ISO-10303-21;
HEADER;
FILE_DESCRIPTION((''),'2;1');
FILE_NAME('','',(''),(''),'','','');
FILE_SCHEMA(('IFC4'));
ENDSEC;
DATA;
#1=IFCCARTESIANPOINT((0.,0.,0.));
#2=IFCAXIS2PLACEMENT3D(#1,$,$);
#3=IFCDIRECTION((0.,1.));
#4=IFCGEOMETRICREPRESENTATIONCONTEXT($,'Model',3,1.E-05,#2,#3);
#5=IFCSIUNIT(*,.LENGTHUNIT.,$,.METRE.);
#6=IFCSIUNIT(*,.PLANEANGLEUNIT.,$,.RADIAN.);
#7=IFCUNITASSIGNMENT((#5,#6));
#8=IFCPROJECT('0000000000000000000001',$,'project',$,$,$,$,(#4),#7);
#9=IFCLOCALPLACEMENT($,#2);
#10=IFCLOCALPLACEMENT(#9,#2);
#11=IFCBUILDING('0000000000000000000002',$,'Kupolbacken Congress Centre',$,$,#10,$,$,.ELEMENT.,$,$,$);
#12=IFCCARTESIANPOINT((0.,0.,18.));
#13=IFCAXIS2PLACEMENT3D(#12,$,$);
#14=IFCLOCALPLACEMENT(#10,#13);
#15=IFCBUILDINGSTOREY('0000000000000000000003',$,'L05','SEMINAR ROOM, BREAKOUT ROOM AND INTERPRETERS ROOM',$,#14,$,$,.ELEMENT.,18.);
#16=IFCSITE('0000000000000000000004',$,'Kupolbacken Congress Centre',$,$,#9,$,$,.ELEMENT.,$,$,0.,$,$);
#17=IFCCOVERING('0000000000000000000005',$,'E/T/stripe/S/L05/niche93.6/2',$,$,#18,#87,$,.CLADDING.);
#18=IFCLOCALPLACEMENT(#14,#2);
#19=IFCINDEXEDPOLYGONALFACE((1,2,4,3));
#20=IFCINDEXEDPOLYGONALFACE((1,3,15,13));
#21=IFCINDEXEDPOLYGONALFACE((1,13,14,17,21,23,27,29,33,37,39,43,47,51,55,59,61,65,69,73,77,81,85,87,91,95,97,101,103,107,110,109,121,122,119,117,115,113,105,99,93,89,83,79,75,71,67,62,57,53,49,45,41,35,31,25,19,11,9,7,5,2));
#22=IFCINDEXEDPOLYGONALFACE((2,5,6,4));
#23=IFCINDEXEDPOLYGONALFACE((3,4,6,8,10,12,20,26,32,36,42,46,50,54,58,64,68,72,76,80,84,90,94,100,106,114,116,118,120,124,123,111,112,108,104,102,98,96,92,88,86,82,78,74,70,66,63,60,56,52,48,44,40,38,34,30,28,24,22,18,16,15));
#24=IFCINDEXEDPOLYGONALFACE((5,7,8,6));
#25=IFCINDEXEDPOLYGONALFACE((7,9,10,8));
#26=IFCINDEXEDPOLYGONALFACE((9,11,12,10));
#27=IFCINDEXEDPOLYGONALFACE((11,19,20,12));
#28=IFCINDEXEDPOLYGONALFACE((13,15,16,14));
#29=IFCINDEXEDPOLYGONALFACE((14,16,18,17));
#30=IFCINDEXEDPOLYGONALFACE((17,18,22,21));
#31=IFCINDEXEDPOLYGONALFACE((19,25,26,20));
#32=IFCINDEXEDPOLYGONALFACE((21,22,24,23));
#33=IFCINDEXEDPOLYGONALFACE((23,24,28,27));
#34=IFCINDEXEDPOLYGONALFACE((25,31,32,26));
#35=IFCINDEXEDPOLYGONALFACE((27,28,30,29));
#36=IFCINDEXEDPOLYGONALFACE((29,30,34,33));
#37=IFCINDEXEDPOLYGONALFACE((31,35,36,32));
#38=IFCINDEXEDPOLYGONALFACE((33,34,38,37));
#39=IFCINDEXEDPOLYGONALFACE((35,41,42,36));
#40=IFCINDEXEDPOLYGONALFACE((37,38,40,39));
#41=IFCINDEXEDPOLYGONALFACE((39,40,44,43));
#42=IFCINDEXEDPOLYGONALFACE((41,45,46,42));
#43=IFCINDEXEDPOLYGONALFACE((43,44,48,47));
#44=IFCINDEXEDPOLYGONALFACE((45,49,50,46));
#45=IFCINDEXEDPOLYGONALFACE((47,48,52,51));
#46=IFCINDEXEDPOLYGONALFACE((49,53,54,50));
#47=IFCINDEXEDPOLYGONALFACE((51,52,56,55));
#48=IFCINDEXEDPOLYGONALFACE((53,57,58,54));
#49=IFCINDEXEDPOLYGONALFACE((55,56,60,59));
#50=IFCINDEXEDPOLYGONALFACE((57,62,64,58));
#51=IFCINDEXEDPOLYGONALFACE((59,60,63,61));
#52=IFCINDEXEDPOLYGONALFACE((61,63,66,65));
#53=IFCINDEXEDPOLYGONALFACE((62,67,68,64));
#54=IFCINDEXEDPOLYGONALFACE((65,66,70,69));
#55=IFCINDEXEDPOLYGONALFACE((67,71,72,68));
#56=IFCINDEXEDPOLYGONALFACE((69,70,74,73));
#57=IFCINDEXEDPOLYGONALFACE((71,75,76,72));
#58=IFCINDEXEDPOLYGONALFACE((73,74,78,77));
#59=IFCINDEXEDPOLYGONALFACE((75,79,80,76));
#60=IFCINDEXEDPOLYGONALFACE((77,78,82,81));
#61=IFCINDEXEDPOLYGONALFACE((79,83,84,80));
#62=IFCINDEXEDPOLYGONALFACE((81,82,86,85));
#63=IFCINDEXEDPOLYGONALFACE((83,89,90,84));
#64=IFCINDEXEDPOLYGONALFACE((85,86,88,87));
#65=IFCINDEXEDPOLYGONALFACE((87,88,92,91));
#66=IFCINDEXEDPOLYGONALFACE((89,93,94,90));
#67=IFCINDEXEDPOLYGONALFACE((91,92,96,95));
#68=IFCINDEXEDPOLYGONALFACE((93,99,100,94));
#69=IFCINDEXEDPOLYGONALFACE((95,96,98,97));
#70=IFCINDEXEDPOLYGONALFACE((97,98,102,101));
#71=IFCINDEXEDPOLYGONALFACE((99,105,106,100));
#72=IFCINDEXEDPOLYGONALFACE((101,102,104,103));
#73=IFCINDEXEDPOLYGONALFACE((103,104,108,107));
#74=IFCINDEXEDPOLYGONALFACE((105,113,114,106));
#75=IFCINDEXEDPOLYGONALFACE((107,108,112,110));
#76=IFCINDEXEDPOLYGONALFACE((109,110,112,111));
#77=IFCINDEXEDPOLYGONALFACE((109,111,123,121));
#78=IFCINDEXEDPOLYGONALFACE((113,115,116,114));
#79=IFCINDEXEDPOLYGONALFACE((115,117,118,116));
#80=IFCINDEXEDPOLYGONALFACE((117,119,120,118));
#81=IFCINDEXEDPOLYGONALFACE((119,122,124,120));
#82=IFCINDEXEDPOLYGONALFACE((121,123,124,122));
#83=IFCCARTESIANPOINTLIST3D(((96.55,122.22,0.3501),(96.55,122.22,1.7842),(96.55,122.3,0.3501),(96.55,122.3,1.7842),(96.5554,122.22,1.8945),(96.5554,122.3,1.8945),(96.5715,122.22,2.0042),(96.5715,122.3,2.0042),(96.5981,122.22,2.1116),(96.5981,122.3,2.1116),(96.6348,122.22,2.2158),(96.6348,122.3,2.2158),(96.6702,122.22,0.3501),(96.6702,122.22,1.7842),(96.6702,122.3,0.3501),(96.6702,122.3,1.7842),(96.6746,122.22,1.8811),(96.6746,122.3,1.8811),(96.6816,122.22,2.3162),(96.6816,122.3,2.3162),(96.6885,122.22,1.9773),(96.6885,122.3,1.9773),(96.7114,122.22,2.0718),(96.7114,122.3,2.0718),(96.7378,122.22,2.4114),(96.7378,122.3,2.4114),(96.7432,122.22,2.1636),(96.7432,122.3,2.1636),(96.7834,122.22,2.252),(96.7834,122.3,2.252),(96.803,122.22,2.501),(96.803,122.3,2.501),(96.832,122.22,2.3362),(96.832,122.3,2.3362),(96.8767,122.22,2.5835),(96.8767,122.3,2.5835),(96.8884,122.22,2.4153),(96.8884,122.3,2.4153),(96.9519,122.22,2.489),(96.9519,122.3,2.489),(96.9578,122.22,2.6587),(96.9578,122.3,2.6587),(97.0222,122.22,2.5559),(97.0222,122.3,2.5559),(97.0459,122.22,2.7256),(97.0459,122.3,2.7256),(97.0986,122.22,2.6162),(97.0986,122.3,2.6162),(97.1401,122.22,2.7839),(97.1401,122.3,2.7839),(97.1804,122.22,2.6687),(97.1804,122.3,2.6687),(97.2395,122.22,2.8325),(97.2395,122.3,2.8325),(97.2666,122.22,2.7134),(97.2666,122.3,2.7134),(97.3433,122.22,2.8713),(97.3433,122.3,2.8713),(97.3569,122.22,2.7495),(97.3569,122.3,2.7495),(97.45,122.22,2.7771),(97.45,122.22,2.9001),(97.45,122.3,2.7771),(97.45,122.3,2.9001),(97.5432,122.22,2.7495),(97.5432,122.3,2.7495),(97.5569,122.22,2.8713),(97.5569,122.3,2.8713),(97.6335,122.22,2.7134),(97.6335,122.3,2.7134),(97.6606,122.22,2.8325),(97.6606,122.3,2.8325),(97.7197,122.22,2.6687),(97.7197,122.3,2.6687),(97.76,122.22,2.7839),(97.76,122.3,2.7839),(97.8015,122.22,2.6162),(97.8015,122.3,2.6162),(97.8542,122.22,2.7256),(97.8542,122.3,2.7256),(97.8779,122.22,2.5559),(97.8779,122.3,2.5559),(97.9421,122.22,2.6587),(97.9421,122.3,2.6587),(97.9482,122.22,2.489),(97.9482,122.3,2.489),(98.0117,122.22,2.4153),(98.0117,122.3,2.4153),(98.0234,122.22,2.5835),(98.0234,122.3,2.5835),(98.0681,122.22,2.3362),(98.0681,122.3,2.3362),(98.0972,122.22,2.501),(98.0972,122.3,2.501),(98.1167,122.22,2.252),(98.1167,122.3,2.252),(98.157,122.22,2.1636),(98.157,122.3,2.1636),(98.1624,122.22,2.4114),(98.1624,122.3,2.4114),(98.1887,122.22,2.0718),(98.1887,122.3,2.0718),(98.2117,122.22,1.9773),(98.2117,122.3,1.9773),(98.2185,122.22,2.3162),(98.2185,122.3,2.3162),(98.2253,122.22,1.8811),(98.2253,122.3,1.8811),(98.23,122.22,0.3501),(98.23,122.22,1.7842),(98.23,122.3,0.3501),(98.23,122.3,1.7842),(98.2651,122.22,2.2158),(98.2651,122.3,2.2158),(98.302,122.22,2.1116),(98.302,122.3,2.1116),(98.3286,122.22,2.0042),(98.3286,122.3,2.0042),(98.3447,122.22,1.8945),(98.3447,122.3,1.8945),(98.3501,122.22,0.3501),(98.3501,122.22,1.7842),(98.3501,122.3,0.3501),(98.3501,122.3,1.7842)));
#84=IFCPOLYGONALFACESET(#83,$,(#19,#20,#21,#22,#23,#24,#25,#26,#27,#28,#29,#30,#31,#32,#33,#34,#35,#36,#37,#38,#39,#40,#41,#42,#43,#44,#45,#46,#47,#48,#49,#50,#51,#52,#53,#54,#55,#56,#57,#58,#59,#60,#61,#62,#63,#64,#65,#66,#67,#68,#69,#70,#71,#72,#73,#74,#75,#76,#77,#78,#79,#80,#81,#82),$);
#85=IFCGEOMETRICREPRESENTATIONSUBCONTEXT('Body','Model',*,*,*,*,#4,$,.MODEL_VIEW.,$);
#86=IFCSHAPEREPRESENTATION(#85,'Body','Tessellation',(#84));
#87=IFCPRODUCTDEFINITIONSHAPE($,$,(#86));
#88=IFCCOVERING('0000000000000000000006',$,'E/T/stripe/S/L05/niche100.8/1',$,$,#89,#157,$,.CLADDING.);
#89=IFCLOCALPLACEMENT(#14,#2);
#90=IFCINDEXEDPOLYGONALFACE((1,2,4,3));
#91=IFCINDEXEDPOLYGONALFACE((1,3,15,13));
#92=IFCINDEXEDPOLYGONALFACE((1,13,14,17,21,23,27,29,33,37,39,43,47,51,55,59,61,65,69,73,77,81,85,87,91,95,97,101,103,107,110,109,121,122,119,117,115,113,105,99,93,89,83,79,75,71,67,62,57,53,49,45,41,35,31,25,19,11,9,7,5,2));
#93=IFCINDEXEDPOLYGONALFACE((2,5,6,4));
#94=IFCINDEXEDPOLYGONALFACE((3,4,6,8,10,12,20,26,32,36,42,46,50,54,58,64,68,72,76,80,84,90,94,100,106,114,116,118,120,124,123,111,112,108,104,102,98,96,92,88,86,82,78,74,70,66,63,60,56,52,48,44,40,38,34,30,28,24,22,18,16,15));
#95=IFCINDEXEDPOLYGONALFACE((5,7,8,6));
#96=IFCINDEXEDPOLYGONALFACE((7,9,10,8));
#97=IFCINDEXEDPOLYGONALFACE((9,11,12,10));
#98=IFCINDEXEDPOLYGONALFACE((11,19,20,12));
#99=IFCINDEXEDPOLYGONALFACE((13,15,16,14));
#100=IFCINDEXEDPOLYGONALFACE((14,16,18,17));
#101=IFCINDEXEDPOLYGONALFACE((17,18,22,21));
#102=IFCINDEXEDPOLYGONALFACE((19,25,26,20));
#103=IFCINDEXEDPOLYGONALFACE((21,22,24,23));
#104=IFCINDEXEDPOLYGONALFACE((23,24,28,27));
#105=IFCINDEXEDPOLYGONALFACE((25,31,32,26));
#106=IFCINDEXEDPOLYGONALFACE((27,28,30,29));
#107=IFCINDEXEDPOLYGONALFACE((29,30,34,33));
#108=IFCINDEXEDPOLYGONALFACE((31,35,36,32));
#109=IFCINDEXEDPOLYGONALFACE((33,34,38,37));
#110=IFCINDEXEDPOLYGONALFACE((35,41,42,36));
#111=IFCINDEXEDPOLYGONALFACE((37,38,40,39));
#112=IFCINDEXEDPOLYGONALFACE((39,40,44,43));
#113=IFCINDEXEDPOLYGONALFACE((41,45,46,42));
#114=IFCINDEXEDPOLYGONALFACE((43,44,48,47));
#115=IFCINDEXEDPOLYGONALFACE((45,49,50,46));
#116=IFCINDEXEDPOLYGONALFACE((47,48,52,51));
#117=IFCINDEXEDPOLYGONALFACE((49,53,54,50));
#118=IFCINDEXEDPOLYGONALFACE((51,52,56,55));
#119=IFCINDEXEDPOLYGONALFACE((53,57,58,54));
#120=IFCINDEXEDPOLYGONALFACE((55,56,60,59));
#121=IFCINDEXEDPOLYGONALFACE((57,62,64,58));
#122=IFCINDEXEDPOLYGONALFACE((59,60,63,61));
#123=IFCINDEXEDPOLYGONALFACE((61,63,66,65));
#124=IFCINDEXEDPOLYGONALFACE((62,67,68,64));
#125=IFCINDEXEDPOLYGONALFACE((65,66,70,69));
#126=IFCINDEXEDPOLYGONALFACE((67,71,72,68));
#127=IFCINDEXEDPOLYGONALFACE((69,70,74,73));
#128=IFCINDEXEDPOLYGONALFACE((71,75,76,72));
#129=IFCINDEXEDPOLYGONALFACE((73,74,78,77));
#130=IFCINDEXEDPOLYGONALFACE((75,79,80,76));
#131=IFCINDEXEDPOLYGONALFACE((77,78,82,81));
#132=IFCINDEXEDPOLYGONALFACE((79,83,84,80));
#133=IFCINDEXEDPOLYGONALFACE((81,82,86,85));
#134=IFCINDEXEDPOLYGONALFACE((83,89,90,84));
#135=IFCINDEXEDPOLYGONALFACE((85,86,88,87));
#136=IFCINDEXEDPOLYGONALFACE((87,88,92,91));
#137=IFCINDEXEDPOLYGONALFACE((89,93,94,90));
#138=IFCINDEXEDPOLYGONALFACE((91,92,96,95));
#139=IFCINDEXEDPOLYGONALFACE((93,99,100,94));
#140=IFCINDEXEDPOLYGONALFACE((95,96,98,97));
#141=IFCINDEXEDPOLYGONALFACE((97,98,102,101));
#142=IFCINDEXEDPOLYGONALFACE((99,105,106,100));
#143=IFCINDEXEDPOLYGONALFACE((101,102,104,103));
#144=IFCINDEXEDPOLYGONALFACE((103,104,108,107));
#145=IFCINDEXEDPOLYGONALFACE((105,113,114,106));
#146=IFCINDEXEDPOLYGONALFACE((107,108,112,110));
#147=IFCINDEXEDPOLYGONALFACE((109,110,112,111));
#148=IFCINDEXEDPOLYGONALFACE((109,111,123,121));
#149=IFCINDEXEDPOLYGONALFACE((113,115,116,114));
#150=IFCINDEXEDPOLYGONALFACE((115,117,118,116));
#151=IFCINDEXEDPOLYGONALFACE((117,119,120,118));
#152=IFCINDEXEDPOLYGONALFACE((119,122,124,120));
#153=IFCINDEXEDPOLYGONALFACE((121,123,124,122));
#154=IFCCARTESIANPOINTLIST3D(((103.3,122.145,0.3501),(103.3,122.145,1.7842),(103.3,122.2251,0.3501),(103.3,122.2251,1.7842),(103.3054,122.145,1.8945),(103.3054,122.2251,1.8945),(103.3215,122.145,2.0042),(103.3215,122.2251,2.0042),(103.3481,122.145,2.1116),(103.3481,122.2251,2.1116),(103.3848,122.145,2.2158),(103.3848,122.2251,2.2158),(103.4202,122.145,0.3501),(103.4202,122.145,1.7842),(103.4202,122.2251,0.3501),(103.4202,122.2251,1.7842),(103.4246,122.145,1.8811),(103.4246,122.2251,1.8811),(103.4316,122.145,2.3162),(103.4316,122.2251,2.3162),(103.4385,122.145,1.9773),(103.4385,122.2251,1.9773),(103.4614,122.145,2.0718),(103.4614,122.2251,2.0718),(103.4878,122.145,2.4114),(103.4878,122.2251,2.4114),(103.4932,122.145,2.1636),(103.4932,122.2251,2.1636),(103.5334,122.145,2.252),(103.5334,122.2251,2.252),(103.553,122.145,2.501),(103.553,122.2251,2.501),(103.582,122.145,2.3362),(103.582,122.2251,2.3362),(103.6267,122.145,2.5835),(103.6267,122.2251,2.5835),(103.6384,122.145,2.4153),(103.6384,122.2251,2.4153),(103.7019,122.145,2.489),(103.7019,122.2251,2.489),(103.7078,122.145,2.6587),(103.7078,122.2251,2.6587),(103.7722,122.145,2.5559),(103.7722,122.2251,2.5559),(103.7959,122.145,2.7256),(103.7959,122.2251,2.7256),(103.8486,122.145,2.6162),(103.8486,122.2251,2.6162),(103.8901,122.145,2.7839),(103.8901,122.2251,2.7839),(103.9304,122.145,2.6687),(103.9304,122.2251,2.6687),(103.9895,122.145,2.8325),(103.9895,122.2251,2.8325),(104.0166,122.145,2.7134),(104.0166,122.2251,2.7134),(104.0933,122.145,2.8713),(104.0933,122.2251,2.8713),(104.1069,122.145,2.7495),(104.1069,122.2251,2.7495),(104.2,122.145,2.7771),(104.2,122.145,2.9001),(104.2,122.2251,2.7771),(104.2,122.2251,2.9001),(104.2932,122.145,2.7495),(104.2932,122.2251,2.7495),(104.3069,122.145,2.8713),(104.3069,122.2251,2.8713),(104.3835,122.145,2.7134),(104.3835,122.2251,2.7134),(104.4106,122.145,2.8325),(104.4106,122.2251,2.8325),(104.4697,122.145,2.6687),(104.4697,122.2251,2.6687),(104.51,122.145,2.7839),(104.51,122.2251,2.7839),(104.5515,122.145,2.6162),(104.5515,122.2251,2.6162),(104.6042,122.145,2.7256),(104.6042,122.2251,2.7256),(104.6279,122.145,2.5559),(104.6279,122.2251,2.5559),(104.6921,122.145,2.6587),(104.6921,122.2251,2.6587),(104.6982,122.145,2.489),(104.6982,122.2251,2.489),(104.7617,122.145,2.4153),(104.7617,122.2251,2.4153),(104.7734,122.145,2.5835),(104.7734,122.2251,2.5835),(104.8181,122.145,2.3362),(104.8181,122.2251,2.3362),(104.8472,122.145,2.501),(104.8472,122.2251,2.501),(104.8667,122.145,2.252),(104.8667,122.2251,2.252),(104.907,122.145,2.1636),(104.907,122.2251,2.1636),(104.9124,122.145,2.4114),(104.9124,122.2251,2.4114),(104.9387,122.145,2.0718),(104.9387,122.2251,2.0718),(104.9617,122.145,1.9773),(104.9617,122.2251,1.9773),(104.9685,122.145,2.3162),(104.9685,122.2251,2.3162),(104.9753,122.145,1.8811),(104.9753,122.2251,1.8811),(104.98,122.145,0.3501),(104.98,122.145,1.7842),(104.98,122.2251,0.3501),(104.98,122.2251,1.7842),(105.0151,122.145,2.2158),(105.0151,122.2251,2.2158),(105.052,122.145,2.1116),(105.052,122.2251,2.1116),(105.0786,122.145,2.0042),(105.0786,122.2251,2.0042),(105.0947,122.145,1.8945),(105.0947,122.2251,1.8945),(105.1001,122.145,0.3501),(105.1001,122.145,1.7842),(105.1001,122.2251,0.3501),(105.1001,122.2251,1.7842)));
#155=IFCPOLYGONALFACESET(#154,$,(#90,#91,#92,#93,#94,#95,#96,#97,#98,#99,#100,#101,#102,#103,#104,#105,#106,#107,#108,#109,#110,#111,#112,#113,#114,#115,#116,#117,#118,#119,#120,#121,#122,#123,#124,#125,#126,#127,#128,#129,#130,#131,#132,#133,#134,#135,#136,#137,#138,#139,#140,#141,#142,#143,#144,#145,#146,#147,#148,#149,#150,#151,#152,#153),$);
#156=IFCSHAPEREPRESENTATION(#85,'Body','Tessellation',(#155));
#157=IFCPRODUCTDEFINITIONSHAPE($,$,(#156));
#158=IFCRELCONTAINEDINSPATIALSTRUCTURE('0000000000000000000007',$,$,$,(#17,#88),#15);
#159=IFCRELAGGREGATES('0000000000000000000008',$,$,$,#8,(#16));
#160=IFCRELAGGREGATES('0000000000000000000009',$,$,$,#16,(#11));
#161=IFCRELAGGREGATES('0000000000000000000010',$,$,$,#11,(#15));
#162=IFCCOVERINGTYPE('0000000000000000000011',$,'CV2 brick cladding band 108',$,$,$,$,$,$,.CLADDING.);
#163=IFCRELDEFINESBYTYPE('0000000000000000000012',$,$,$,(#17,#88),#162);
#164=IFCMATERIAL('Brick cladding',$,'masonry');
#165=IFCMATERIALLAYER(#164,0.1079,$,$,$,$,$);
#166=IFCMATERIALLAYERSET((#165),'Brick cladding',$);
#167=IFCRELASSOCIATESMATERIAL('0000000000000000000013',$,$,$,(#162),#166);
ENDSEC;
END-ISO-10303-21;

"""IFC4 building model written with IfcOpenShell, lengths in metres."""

from ifc_helpers import new_model, si_unit, direction, frame, origin, place, context, subcontext, project, spatial, polyline, outline, extrude, material, layer, layer_set, type_object, element, save


model = new_model("IFC4")

# Units and contexts
model_context = context("Model", 3, precision=1e-05, world=origin(), true_north=direction((0.0, 1.0)))
body_context = subcontext(model_context, "Body", "Model", "MODEL_VIEW")
ifc_project = project(units=[si_unit("LENGTHUNIT", "METRE"), si_unit("PLANEANGLEUNIT", "RADIAN")], contexts=[model_context])

# Site, building, storey
site_placement = place(None, origin())
site = spatial("IfcSite", under=ifc_project, at=site_placement, Name="Kupolbacken Congress Centre", CompositionType="ELEMENT", RefElevation=0.0)
building_placement = place(site_placement, origin())
building = spatial("IfcBuilding", under=site, at=building_placement, Name="Kupolbacken Congress Centre", CompositionType="ELEMENT")
storey_placement = place(building_placement, frame((0.0, 0.0, 18.0)))
storey = spatial("IfcBuildingStorey", under=building, at=storey_placement, Name="L05", Description="SEMINAR ROOM, BREAKOUT ROOM AND INTERPRETERS ROOM", CompositionType="ELEMENT", Elevation=18.0)

# Coverings
ifc_material_1 = material(Name="Brick cladding", Category="masonry")
ifc_layer_1 = layer(ifc_material_1, 0.1079)
ifc_layer_set_1 = layer_set([ifc_layer_1], Name="Brick cladding")
covering_type = type_object("IfcCoveringType", Name="CV2 brick cladding band 108", PredefinedType="CLADDING", material=ifc_layer_set_1)
covering_1_placement = place(storey_placement, frame((96.55, 122.3, 0.3501), z_axis=(0.0, -1.0, 0.0), x_axis=(1.0, 0.0, 0.0)))
element("IfcCovering", 1, at=covering_1_placement, inside=storey, type_object=covering_type, Name="E/T/stripe/S/L05/niche93.6/2", PredefinedType="CLADDING", context=body_context, shape_type="SweptSolid", body=[
    extrude(outline(polyline([(0.0, 0.0), (0.0, 1.4341), (0.0054, 1.5444), (0.0215, 1.6541), (0.0481, 1.7615), (0.0847, 1.8657), (0.1316, 1.9661), (0.1877, 2.0613), (0.2529, 2.1509), (0.3267, 2.2334), (0.4077, 2.3086), (0.4958, 2.3755), (0.5901, 2.4338), (0.6895, 2.4824), (0.7932, 2.5212), (0.8999, 2.55), (1.0068, 2.5212), (1.1106, 2.4824), (1.21, 2.4338), (1.3042, 2.3755), (1.3921, 2.3086), (1.4734, 2.2334), (1.5471, 2.1509), (1.6123, 2.0613), (1.6685, 1.9661), (1.7151, 1.8657), (1.752, 1.7615), (1.7786, 1.6541), (1.7947, 1.5444), (1.8, 1.4341), (1.8, 0.0), (1.6799, 0.0), (1.6799, 1.4341), (1.6753, 1.531), (1.6616, 1.6272), (1.6387, 1.7217), (1.6069, 1.8135), (1.5667, 1.9019), (1.5181, 1.9861), (1.4617, 2.0652), (1.3982, 2.1389), (1.3279, 2.2058), (1.2515, 2.2661), (1.1697, 2.3186), (1.0835, 2.3633), (0.9932, 2.3994), (0.8999, 2.427), (0.8069, 2.3994), (0.7166, 2.3633), (0.6304, 2.3186), (0.5486, 2.2661), (0.4722, 2.2058), (0.4019, 2.1389), (0.3384, 2.0652), (0.282, 1.9861), (0.2334, 1.9019), (0.1931, 1.8135), (0.1614, 1.7217), (0.1384, 1.6272), (0.1245, 1.531), (0.1201, 1.4341), (0.1201, 0.0), (0.0, 0.0)])), origin(), (0.0, 0.0, 1.0), 0.0801),
])
covering_2_placement = place(storey_placement, frame((103.3, 122.2251, 0.3501), z_axis=(0.0, -1.0, 0.0), x_axis=(1.0, 0.0, 0.0)))
element("IfcCovering", 2, at=covering_2_placement, inside=storey, type_object=covering_type, Name="E/T/stripe/S/L05/niche100.8/1", PredefinedType="CLADDING", context=body_context, shape_type="SweptSolid", body=[
    extrude(outline(polyline([(0.0, 0.0), (0.0, 1.4341), (0.0054, 1.5444), (0.0215, 1.6541), (0.0481, 1.7615), (0.0847, 1.8657), (0.1316, 1.9661), (0.1877, 2.0613), (0.2529, 2.1509), (0.3267, 2.2334), (0.4077, 2.3086), (0.4958, 2.3755), (0.5901, 2.4338), (0.6895, 2.4824), (0.7932, 2.5212), (0.8999, 2.55), (1.0068, 2.5212), (1.1106, 2.4824), (1.21, 2.4338), (1.3042, 2.3755), (1.3921, 2.3086), (1.4734, 2.2334), (1.5471, 2.1509), (1.6123, 2.0613), (1.6685, 1.9661), (1.7151, 1.8657), (1.752, 1.7615), (1.7786, 1.6541), (1.7947, 1.5444), (1.8, 1.4341), (1.8, 0.0), (1.6799, 0.0), (1.6799, 1.4341), (1.6753, 1.531), (1.6616, 1.6272), (1.6387, 1.7217), (1.6069, 1.8135), (1.5667, 1.9019), (1.5181, 1.9861), (1.4617, 2.0652), (1.3982, 2.1389), (1.3279, 2.2058), (1.2515, 2.2661), (1.1697, 2.3186), (1.0835, 2.3633), (0.9932, 2.3994), (0.8999, 2.427), (0.8069, 2.3994), (0.7166, 2.3633), (0.6304, 2.3186), (0.5486, 2.2661), (0.4722, 2.2058), (0.4019, 2.1389), (0.3384, 2.0652), (0.282, 1.9861), (0.2334, 1.9019), (0.1931, 1.8135), (0.1614, 1.7217), (0.1384, 1.6272), (0.1245, 1.531), (0.1201, 1.4341), (0.1201, 0.0), (0.0, 0.0)])), origin(), (0.0, 0.0, 1.0), 0.0801),
])

save(model, "model.ifc")
